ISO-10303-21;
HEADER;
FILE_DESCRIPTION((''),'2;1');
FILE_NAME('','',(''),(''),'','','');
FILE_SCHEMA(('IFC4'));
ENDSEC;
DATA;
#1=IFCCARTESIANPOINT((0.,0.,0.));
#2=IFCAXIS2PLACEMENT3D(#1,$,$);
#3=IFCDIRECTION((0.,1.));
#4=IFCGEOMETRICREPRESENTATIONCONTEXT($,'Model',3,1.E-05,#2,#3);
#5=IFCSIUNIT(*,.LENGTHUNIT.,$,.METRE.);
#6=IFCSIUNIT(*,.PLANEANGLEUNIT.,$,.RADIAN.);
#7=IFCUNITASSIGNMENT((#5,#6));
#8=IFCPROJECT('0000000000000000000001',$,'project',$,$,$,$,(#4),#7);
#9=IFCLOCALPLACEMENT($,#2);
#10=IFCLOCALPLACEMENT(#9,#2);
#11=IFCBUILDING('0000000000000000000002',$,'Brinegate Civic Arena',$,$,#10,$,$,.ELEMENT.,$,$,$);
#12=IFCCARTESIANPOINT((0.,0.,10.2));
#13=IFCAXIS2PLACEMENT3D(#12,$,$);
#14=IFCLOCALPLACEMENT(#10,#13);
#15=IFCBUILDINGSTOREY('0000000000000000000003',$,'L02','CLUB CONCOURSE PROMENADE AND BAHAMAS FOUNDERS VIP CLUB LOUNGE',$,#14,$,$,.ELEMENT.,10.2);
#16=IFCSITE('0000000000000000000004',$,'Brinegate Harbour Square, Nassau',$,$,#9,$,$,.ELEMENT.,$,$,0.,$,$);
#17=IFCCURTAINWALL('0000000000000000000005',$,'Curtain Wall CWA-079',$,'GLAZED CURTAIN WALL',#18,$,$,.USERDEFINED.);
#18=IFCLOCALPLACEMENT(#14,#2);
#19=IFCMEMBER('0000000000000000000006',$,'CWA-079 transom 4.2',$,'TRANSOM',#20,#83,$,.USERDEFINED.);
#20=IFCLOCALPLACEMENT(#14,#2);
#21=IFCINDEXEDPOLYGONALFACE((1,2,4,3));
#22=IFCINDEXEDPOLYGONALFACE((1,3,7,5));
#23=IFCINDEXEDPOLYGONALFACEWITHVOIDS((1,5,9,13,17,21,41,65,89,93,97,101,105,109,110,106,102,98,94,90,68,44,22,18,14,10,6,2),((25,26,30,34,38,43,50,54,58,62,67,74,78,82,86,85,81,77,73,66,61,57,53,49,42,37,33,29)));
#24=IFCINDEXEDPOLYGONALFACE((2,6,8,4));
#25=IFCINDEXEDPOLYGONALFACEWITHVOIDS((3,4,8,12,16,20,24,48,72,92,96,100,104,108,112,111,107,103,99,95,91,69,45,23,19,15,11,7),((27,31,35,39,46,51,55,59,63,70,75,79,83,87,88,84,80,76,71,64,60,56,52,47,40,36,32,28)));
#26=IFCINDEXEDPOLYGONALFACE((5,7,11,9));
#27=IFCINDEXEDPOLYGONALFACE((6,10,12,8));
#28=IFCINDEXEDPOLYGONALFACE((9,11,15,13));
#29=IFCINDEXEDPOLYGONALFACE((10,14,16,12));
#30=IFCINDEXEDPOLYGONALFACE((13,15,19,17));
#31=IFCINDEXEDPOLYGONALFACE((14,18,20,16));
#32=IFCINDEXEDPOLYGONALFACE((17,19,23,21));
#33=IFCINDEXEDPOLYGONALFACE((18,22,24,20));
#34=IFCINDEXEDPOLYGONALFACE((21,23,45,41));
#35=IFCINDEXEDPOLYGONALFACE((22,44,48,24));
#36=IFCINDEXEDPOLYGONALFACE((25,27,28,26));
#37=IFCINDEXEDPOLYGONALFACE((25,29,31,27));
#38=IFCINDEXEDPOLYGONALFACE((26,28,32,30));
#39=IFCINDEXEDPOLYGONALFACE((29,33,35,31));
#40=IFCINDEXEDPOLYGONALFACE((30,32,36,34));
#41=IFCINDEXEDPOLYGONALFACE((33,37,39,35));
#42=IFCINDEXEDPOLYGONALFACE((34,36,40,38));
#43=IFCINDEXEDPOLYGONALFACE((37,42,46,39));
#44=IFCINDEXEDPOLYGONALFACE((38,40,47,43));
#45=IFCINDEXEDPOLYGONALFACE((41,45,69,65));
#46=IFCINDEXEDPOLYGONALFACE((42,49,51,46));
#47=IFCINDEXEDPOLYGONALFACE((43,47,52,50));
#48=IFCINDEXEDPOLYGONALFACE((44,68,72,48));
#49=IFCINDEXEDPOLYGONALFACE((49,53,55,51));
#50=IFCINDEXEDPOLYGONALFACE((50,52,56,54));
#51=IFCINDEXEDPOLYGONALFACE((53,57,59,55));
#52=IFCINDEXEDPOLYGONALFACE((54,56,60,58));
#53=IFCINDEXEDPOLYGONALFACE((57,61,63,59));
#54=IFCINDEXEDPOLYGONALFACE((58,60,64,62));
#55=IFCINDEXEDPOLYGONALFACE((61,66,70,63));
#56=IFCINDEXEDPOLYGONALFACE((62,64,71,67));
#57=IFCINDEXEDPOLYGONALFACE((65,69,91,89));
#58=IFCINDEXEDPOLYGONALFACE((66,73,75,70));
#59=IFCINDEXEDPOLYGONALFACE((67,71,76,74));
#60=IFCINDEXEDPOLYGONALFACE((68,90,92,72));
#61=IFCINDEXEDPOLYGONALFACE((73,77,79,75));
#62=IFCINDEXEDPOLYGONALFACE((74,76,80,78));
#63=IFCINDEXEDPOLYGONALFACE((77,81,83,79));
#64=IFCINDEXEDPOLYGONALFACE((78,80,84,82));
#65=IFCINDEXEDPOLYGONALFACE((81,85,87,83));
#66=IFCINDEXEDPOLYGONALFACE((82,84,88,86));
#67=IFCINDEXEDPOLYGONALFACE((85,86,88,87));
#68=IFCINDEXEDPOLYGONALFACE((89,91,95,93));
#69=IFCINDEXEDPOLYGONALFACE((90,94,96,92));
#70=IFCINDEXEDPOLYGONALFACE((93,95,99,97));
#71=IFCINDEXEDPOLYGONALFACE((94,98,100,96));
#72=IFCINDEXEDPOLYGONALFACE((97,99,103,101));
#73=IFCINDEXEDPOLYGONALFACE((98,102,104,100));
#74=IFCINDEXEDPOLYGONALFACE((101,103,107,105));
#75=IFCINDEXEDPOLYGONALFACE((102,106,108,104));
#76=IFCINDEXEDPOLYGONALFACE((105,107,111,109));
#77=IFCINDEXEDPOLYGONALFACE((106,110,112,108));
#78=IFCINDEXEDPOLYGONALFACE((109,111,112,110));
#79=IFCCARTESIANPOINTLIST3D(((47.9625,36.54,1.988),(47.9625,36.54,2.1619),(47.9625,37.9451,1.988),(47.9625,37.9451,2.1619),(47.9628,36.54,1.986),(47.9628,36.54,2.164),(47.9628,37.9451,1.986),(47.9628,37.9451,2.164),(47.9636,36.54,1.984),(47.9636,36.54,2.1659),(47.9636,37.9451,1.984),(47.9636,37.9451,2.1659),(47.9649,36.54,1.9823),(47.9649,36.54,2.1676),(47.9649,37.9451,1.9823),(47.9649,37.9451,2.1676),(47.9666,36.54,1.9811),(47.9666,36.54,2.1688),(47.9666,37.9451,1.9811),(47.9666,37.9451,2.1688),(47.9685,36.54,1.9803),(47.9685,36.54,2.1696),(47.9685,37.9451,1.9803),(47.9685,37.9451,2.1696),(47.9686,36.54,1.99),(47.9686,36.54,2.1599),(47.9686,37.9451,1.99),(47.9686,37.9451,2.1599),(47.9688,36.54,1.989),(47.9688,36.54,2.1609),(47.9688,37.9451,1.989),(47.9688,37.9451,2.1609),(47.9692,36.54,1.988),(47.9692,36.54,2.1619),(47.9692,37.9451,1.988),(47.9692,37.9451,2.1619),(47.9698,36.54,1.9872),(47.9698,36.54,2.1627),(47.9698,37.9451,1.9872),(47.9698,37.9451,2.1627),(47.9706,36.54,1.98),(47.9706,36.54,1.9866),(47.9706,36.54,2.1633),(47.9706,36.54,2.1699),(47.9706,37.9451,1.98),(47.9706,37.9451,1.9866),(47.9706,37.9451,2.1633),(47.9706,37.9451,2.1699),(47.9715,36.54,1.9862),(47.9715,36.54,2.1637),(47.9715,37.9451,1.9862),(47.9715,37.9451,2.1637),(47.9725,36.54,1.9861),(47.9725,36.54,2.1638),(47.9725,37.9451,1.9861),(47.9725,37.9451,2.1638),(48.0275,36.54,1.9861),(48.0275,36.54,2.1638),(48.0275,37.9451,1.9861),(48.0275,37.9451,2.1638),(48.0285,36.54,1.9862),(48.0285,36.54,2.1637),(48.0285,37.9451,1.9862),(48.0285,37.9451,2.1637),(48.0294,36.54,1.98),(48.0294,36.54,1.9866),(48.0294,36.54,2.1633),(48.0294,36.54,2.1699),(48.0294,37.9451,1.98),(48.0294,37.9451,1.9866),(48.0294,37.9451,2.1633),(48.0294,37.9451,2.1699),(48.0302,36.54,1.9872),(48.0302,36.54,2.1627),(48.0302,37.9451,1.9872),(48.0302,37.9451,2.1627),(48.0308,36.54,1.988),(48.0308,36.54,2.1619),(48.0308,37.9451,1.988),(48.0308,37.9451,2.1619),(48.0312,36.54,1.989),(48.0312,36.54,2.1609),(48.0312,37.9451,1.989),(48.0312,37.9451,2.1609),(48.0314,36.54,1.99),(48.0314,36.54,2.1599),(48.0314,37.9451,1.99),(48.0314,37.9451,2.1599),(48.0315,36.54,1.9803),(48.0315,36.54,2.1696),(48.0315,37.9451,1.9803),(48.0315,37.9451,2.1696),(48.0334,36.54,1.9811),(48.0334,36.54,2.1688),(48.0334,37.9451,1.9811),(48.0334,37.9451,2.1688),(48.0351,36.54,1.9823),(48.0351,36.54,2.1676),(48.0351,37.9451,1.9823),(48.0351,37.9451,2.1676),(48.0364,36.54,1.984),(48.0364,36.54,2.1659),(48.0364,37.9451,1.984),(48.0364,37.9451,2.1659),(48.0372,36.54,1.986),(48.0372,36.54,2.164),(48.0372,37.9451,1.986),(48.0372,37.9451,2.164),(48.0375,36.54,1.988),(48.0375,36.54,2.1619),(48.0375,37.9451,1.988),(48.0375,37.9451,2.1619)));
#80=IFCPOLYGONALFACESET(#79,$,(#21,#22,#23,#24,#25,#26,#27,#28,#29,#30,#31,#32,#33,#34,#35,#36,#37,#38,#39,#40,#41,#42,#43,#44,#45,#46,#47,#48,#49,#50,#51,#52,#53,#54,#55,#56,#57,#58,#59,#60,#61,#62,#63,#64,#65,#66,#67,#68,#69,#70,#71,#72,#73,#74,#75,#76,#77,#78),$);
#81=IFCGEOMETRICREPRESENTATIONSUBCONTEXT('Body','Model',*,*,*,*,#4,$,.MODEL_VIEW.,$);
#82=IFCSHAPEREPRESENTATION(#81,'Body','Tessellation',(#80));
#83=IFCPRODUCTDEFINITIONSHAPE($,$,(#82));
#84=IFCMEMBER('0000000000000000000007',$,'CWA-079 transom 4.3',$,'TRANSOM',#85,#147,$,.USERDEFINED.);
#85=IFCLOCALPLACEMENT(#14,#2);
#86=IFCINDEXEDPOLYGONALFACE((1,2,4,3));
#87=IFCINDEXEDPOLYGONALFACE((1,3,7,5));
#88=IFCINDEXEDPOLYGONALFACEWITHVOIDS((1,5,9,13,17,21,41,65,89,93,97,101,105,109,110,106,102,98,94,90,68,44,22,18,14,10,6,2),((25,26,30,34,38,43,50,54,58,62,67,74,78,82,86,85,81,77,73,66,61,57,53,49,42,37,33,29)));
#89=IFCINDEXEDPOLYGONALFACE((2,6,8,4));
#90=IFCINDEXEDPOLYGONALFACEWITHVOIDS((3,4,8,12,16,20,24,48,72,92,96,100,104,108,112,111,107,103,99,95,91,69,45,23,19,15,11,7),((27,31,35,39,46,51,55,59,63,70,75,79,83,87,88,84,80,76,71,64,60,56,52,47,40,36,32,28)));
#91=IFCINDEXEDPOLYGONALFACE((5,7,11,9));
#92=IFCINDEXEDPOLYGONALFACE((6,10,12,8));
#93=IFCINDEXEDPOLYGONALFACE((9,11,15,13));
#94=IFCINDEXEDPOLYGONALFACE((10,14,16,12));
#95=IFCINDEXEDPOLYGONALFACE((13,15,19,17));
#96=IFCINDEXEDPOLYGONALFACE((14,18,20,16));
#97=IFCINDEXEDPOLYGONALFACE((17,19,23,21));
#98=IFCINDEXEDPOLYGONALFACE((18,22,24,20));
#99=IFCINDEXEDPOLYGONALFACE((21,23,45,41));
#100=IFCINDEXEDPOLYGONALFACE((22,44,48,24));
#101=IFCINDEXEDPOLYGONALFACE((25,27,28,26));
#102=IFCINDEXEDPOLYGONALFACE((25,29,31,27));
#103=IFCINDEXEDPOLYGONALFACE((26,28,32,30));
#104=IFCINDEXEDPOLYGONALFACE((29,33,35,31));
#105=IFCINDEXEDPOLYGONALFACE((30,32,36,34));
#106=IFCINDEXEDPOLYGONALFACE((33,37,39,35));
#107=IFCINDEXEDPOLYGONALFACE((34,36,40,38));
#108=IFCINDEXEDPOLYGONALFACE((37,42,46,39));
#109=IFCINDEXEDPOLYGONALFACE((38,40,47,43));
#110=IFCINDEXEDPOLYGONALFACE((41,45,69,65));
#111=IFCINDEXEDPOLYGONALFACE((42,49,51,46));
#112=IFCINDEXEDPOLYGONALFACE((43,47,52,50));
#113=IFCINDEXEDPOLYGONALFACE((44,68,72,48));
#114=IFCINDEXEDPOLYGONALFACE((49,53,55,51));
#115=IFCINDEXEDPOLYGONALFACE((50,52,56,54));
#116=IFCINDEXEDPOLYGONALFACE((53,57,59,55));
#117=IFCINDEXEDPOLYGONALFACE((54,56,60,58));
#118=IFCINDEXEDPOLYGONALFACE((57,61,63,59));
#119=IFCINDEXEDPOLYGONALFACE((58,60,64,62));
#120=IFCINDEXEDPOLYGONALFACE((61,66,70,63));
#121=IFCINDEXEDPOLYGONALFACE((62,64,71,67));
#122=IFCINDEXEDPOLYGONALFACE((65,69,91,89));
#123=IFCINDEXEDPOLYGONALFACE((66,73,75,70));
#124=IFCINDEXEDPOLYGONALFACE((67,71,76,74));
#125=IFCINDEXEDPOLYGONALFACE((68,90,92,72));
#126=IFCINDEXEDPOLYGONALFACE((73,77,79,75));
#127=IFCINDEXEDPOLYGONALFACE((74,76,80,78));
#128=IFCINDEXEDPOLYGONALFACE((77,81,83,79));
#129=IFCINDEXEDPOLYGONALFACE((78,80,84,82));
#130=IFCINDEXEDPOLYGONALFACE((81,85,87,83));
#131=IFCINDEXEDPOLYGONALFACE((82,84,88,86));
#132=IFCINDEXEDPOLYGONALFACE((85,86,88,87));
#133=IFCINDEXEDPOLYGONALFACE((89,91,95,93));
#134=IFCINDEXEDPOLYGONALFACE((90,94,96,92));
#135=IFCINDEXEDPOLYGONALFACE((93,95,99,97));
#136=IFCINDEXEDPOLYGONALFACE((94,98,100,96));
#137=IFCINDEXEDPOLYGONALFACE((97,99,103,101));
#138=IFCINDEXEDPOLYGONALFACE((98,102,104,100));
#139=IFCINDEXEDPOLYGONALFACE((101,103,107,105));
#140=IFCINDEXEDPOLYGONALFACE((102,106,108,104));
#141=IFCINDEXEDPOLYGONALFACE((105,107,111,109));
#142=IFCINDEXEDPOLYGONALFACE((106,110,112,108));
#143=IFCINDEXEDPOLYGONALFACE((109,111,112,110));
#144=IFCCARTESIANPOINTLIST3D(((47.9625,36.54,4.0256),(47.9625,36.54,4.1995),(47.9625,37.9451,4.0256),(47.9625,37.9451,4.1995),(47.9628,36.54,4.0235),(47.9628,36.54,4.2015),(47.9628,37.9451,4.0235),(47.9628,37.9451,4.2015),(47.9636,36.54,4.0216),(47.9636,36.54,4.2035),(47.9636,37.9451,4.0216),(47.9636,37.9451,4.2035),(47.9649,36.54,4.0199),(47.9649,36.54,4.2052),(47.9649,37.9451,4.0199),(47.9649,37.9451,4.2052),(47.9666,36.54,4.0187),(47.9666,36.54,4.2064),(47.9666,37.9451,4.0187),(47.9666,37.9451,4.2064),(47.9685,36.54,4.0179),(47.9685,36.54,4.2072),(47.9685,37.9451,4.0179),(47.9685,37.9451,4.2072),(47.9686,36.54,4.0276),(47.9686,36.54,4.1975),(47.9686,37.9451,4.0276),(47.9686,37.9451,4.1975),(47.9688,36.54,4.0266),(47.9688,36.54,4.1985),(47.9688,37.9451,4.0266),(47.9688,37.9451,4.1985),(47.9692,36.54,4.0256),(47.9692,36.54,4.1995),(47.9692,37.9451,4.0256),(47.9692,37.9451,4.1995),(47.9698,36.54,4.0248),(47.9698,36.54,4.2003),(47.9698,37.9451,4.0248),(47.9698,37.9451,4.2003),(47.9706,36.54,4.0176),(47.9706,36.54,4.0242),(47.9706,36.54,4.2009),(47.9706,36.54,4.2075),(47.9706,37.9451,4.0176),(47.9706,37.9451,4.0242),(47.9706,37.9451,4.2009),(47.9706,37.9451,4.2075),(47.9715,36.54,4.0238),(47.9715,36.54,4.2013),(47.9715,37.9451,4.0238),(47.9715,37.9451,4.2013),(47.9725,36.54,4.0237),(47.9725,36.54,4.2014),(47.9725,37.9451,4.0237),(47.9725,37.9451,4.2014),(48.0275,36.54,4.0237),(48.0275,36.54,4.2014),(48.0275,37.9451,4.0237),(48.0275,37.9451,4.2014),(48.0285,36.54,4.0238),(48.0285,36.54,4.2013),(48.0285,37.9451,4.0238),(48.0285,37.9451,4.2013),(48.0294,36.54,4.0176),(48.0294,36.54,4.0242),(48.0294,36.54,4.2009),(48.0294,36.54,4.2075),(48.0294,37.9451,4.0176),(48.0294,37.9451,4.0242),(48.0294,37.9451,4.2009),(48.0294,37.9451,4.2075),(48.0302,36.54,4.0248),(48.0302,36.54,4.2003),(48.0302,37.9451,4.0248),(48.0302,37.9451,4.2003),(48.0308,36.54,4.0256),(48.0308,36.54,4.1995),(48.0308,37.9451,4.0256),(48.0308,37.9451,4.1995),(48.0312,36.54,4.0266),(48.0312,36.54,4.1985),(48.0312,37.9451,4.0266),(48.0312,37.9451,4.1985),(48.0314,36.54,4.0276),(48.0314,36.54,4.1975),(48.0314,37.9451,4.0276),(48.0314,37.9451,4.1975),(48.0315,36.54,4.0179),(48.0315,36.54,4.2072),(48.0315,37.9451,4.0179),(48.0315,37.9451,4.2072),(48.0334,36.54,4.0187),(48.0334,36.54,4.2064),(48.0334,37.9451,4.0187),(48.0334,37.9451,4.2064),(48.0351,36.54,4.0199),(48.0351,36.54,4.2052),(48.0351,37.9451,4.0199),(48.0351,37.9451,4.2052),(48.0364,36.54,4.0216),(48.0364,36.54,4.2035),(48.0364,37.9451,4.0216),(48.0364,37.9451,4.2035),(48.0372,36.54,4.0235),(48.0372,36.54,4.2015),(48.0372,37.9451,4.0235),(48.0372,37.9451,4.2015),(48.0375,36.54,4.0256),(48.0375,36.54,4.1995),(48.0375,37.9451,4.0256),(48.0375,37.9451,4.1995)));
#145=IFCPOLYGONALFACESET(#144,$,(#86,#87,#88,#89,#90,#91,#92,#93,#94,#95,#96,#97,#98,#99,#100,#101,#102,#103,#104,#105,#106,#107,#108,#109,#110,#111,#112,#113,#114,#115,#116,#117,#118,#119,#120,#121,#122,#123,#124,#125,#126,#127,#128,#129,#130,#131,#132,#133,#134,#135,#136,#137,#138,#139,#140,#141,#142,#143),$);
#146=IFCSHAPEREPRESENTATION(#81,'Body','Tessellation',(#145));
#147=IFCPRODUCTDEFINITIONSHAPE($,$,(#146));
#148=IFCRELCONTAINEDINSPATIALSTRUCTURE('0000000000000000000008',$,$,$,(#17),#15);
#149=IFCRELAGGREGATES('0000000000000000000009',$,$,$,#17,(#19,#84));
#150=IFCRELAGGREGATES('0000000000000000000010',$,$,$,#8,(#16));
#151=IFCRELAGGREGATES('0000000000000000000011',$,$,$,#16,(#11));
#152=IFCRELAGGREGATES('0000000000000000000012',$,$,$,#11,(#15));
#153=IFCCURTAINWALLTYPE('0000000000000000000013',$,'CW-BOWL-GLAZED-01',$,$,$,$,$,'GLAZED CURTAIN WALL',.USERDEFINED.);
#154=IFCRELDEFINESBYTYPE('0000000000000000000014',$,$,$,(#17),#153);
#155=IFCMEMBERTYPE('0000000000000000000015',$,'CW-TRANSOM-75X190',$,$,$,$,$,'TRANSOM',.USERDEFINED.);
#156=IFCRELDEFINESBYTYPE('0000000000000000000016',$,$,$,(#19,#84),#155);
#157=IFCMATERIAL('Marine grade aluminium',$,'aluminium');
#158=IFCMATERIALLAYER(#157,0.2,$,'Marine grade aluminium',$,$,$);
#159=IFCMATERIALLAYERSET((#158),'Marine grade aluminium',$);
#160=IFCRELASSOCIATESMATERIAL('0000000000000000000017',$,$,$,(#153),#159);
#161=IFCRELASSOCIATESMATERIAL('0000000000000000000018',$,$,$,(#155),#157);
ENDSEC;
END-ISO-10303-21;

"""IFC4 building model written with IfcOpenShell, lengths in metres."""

from ifc_helpers import new_model, si_unit, direction, frame, origin, origin_2d, place, context, subcontext, project, spatial, hollow_rectangle, extrude, material, layer, layer_set, material_profile, profile_set, type_object, element, aggregate, save


model = new_model("IFC4")

# Units and contexts
model_context = context("Model", 3, precision=1e-05, world=origin(), true_north=direction((0.0, 1.0)))
body_context = subcontext(model_context, "Body", "Model", "MODEL_VIEW")
ifc_project = project(units=[si_unit("LENGTHUNIT", "METRE"), si_unit("PLANEANGLEUNIT", "RADIAN")], contexts=[model_context])

# Site, building, storey
site_placement = place(None, origin())
site = spatial("IfcSite", under=ifc_project, at=site_placement, Name="Brinegate Harbour Square, Nassau", CompositionType="ELEMENT", RefElevation=0.0)
building_placement = place(site_placement, origin())
building = spatial("IfcBuilding", under=site, at=building_placement, Name="Brinegate Civic Arena", CompositionType="ELEMENT")
storey_placement = place(building_placement, frame((0.0, 0.0, 10.2)))
storey = spatial("IfcBuildingStorey", under=building, at=storey_placement, Name="L02", Description="CLUB CONCOURSE PROMENADE AND BAHAMAS FOUNDERS VIP CLUB LOUNGE", CompositionType="ELEMENT", Elevation=10.2)

# Curtain wall, members
ifc_material_1 = material(Name="Marine grade aluminium", Category="aluminium")
ifc_layer_1 = layer(ifc_material_1, 0.2, Name="Marine grade aluminium")
ifc_layer_set_1 = layer_set([ifc_layer_1], Name="Marine grade aluminium")
curtain_wall_type = type_object("IfcCurtainWallType", Name="CW-BOWL-GLAZED-01", ElementType="GLAZED CURTAIN WALL", PredefinedType="USERDEFINED", material=ifc_layer_set_1)
curtain_wall_placement = place(storey_placement, origin())
curtain_wall = element("IfcCurtainWall", 1, at=curtain_wall_placement, inside=storey, type_object=curtain_wall_type, Name="Curtain Wall CWA-079", ObjectType="GLAZED CURTAIN WALL", PredefinedType="USERDEFINED")
ifc_material_profile_1 = material_profile(ifc_material_1, hollow_rectangle(XDim=0.075, YDim=0.1899, WallThickness=0.0061, InnerFilletRadius=0.0039, OuterFilletRadius=0.0081, at=origin_2d()), Name="TRN75X190")
ifc_profile_set_1 = profile_set([ifc_material_profile_1], Name="Marine grade aluminium")
member_type_1 = type_object("IfcMemberType", Name="CW-TRANSOM-75X190", ElementType="TRANSOM", PredefinedType="USERDEFINED", material=ifc_profile_set_1)
member_1_placement = place(storey_placement, frame((48.0, 36.54, 2.075), z_axis=(0.0, 1.0, 0.0), x_axis=(-1.0, 0.0, 0.0)))
member_1 = element("IfcMember", 2, at=member_1_placement, type_object=member_type_1, Name="CWA-079 transom 4.2", ObjectType="TRANSOM", PredefinedType="USERDEFINED", context=body_context, shape_type="SweptSolid", body=[
    extrude(hollow_rectangle(XDim=0.075, YDim=0.1899, WallThickness=0.0061, InnerFilletRadius=0.0039, OuterFilletRadius=0.0081, at=origin_2d()), origin(), (0.0, 0.0, 1.0), 1.405),
])
member_2_placement = place(storey_placement, frame((48.0, 36.54, 4.1125), z_axis=(0.0, 1.0, 0.0), x_axis=(-1.0, 0.0, 0.0)))
member_2 = element("IfcMember", 3, at=member_2_placement, type_object=member_type_1, Name="CWA-079 transom 4.3", ObjectType="TRANSOM", PredefinedType="USERDEFINED", context=body_context, shape_type="SweptSolid", body=[
    extrude(hollow_rectangle(XDim=0.075, YDim=0.1899, WallThickness=0.0061, InnerFilletRadius=0.0039, OuterFilletRadius=0.0081, at=origin_2d()), origin(), (0.0, 0.0, 1.0), 1.405),
])
aggregate(curtain_wall, [member_1, member_2])

save(model, "model.ifc")
